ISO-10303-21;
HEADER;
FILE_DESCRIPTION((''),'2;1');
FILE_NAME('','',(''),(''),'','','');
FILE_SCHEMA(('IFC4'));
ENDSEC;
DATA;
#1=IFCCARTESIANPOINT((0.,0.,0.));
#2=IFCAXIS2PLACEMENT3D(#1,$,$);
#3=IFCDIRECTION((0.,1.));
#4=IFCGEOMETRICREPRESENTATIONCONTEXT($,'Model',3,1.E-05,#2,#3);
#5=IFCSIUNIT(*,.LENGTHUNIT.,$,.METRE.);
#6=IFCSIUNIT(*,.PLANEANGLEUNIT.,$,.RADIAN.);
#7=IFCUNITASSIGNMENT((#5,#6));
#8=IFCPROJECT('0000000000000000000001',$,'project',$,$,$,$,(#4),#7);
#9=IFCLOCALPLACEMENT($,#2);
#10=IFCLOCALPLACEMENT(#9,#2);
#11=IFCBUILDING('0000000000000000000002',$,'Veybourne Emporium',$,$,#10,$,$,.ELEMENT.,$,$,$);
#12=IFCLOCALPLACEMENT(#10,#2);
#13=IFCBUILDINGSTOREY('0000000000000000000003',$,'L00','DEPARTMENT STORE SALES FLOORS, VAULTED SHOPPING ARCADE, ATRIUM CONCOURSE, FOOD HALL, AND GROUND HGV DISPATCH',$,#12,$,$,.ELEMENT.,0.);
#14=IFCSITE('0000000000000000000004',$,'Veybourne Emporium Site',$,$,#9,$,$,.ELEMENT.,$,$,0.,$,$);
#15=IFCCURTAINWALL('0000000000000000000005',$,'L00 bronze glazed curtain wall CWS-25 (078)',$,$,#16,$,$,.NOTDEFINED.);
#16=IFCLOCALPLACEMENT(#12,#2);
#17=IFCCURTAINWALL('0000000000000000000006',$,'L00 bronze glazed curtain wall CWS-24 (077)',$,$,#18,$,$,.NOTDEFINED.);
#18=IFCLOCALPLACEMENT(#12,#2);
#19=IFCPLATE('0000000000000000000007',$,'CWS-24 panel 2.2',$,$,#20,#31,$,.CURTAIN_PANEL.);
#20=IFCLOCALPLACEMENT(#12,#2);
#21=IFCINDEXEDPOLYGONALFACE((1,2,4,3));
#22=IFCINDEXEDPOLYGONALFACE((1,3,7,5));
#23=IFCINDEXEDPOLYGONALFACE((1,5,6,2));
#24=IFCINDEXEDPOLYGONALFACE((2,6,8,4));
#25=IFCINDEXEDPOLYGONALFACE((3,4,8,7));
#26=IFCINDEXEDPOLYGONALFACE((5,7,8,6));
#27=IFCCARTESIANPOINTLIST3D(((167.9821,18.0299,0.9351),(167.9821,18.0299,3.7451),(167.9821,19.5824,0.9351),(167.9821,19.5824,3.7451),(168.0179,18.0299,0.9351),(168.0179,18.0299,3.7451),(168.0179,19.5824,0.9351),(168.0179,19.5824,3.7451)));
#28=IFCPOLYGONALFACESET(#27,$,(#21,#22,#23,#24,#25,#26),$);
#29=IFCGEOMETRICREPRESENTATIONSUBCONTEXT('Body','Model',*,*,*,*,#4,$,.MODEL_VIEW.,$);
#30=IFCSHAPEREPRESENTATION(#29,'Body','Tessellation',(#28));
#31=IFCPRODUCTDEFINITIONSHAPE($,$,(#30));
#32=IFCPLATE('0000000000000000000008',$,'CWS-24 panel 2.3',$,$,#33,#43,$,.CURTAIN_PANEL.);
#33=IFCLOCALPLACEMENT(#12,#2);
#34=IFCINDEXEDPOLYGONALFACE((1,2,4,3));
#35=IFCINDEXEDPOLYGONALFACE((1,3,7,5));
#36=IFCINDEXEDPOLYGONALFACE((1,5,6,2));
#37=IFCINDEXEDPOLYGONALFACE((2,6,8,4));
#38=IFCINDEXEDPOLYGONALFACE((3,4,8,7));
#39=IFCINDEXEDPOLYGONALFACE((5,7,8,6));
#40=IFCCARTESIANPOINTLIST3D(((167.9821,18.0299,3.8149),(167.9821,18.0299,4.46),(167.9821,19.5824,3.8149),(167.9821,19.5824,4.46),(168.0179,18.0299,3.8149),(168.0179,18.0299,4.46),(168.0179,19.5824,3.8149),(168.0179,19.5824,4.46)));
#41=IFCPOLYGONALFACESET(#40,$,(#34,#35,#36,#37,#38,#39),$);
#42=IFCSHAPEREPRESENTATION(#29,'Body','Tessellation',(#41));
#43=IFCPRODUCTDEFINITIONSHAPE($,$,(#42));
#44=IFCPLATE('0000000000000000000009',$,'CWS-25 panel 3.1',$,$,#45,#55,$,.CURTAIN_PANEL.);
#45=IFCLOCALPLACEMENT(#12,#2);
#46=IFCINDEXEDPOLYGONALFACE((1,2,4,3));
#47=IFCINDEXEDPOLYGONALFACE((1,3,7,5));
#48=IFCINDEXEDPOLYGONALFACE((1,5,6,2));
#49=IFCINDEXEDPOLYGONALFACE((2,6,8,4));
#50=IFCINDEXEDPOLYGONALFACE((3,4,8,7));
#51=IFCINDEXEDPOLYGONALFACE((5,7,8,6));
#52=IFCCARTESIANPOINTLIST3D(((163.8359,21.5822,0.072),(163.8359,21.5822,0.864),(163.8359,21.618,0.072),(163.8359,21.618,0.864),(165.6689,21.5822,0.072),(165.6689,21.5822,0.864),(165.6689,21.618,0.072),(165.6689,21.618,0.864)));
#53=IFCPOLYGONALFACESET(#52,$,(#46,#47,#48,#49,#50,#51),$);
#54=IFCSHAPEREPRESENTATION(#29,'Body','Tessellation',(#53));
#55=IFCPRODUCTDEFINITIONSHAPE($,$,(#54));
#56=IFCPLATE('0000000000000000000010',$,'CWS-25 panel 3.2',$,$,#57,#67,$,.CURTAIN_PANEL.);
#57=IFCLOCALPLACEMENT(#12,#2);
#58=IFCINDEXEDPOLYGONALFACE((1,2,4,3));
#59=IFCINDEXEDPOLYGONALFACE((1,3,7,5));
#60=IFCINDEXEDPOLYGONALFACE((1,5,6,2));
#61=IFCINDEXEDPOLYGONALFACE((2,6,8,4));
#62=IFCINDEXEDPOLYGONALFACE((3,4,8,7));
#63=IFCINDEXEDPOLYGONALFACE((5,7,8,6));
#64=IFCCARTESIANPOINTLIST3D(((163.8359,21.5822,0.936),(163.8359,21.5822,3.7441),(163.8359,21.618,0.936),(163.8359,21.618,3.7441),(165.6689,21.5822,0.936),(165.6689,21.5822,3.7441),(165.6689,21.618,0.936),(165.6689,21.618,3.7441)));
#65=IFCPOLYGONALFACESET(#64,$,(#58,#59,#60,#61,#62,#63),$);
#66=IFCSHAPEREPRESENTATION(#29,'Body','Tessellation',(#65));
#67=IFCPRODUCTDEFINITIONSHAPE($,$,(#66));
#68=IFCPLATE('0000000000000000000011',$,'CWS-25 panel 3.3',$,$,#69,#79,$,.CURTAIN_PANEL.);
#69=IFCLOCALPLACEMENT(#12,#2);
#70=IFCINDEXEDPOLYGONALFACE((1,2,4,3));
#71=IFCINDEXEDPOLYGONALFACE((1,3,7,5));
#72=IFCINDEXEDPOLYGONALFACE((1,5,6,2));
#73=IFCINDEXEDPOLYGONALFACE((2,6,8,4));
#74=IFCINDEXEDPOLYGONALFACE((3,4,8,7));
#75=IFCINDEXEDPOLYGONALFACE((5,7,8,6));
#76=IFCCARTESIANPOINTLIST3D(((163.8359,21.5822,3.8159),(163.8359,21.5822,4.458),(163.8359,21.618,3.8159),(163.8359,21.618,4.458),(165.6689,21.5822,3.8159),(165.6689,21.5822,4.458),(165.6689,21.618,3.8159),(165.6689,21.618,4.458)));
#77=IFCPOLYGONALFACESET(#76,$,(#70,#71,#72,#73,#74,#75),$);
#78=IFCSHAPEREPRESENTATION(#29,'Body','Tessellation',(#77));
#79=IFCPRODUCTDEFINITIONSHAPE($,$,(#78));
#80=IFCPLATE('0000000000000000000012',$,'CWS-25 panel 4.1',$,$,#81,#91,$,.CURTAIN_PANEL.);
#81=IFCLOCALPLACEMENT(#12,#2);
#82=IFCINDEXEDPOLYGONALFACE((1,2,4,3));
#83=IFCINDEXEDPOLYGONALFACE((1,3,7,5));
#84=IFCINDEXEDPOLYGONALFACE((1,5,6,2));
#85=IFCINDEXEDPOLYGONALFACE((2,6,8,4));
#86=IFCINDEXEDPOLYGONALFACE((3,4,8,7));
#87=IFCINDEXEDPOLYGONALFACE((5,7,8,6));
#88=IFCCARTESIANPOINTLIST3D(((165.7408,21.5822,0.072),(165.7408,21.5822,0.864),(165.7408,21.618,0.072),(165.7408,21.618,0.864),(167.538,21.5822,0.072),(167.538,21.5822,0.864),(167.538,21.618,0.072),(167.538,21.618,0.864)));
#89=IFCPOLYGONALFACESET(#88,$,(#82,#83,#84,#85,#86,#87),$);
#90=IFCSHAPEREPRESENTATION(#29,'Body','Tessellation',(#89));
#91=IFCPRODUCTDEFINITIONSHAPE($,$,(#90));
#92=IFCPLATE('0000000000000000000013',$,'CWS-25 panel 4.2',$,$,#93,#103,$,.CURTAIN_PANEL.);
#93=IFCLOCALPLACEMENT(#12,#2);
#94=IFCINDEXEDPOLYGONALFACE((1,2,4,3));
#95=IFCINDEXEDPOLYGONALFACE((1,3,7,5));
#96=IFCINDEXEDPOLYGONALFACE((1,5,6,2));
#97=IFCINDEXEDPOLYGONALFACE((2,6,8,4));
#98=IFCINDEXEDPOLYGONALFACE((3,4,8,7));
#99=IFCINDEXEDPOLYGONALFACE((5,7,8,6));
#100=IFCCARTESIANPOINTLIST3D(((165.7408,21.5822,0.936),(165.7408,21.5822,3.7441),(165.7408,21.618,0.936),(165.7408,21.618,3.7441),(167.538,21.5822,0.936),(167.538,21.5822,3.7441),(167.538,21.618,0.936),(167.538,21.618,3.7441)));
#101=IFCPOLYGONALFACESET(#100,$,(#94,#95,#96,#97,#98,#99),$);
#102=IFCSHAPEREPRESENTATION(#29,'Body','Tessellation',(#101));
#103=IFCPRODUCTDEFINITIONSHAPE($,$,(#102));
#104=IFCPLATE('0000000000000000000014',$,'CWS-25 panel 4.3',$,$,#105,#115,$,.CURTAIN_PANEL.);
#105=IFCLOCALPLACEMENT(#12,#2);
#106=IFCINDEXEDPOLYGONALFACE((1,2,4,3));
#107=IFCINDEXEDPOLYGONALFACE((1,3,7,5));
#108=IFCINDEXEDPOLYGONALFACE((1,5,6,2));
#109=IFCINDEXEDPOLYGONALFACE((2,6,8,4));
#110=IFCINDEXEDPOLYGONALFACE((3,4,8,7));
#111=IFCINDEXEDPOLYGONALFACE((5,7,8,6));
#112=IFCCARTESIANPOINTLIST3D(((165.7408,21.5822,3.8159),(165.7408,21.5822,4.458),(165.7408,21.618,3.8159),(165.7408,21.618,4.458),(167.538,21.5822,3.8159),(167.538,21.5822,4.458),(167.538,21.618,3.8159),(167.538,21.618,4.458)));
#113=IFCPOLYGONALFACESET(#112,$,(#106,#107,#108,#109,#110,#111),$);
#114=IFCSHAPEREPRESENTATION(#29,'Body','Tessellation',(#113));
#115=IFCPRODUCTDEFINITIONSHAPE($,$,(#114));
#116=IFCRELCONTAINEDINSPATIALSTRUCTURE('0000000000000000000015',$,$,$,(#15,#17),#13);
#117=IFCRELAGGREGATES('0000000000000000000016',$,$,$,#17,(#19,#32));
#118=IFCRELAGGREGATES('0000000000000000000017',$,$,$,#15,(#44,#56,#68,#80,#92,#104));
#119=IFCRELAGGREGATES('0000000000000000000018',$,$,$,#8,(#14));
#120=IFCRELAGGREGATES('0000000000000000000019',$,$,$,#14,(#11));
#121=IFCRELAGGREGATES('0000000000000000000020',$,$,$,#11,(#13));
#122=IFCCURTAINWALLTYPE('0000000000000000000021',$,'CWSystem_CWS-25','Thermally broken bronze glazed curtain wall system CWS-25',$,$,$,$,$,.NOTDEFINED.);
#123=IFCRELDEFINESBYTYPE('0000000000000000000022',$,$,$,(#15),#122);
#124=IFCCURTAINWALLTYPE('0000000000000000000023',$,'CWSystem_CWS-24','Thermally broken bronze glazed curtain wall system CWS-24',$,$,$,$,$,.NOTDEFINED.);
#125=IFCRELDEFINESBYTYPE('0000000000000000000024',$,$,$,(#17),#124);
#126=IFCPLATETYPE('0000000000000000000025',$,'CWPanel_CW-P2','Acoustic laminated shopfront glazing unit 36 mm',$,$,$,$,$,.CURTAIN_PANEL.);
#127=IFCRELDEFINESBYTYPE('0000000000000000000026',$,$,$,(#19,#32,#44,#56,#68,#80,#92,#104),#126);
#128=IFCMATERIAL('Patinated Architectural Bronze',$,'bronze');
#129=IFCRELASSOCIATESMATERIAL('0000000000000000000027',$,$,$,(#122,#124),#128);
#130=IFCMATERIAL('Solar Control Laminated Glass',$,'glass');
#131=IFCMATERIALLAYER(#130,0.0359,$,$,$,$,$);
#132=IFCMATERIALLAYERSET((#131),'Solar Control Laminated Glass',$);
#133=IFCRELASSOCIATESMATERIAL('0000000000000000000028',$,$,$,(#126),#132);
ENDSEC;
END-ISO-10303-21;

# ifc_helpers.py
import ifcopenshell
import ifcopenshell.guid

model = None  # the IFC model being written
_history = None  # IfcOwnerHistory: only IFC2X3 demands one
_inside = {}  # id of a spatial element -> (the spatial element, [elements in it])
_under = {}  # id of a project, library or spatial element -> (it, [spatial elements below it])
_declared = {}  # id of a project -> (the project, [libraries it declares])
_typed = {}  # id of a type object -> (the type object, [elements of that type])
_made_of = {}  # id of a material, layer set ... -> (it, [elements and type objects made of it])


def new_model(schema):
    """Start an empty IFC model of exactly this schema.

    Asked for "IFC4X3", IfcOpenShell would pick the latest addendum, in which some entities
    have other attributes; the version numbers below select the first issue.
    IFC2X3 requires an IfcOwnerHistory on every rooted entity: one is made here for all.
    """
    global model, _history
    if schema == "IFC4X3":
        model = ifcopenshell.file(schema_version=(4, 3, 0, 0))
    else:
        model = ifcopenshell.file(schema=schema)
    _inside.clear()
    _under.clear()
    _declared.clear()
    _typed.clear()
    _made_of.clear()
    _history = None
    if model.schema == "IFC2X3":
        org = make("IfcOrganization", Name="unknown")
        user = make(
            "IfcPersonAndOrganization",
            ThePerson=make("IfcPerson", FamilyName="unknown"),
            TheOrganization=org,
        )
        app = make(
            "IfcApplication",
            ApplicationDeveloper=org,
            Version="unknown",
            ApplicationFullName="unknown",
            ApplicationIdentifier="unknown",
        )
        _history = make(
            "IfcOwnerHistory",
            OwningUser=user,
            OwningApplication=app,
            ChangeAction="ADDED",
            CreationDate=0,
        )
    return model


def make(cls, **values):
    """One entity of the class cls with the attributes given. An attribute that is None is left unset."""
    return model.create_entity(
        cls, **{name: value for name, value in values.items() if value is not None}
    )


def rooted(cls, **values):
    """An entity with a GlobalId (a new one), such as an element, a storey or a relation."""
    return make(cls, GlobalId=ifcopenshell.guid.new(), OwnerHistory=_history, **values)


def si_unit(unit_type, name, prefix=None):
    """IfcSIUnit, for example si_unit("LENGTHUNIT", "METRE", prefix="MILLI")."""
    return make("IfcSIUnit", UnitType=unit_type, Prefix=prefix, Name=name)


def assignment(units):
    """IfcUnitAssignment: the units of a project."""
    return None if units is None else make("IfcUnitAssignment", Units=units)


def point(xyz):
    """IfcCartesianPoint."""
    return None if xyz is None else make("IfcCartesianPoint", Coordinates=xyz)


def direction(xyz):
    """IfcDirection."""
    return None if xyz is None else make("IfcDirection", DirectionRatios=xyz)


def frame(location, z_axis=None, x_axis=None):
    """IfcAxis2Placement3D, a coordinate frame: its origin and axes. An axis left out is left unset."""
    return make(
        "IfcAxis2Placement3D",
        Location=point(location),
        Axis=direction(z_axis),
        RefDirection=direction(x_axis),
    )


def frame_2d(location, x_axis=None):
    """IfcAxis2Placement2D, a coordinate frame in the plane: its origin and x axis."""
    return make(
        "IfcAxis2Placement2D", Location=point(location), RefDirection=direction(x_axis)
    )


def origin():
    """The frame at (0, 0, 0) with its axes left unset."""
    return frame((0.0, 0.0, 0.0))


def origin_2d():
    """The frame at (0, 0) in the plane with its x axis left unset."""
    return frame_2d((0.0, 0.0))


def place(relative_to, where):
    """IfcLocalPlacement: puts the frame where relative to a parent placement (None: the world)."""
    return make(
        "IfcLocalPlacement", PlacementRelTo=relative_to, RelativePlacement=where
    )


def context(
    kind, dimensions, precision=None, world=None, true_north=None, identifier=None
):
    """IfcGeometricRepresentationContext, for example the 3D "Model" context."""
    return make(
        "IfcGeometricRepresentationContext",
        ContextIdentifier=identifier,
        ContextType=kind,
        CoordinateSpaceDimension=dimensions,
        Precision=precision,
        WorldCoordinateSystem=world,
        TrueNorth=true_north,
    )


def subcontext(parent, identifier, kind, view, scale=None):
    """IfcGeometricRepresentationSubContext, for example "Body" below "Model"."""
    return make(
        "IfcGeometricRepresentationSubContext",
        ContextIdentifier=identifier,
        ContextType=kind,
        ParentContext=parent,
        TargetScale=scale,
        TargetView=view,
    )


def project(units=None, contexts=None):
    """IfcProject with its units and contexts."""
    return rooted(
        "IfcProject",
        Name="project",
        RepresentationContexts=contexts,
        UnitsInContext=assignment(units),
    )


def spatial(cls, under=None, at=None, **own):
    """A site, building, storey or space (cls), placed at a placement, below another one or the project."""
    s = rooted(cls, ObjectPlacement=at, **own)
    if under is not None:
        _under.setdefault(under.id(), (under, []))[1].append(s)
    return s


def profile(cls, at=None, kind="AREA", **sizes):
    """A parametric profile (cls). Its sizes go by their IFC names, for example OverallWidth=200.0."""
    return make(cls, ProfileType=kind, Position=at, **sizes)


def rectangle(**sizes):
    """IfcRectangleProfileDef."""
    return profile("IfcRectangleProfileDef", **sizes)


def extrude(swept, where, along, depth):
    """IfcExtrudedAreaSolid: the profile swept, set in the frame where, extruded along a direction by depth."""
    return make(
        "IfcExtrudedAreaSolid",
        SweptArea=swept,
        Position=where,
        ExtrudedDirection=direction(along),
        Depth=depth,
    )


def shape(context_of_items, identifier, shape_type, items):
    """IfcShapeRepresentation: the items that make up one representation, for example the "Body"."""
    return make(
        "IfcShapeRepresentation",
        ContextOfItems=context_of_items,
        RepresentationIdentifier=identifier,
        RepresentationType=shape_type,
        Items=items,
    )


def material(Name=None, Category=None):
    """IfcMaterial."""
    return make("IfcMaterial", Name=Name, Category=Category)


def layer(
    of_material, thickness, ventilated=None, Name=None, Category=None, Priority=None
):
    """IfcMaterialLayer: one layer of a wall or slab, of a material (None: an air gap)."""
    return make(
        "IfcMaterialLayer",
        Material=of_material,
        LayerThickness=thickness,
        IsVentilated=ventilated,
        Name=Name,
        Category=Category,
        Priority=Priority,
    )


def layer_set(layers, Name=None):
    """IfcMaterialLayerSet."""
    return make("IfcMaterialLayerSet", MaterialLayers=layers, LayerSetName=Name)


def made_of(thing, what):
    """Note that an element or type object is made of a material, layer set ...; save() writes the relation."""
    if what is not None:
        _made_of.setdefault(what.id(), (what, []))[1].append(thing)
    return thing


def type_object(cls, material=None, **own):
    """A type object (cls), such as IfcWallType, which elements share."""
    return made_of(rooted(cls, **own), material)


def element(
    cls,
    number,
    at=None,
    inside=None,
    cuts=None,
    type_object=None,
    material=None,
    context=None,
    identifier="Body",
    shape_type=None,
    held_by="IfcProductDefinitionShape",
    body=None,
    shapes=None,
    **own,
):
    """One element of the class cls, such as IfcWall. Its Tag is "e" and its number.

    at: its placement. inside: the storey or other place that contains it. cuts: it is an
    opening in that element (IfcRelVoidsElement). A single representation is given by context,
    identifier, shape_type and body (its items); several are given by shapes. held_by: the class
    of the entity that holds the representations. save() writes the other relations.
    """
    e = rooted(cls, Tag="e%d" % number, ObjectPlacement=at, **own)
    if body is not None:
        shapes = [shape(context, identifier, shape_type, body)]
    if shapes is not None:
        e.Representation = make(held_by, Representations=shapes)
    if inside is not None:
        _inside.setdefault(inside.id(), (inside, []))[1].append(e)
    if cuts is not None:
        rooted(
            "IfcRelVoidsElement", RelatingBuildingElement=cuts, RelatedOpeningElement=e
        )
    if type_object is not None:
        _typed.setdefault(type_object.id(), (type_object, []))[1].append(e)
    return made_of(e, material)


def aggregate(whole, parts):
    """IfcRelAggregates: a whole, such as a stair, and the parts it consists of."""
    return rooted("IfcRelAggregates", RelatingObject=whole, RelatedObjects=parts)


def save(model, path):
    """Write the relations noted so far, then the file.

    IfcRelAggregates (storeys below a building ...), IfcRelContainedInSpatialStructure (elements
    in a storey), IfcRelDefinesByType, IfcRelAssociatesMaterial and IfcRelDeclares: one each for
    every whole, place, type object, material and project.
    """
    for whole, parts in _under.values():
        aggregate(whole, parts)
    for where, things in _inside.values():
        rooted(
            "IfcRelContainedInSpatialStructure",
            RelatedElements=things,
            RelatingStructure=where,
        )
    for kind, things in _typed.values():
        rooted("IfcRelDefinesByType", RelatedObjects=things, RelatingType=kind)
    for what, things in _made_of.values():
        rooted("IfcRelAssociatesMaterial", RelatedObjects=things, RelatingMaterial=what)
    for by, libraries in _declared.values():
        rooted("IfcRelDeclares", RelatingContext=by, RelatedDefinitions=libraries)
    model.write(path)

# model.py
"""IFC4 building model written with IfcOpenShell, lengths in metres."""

from ifc_helpers import new_model, si_unit, direction, frame, origin, origin_2d, place, context, subcontext, project, spatial, rectangle, extrude, material, layer, layer_set, type_object, element, aggregate, save


model = new_model("IFC4")

# Units and contexts
model_context = context("Model", 3, precision=1e-05, world=origin(), true_north=direction((0.0, 1.0)))
body_context = subcontext(model_context, "Body", "Model", "MODEL_VIEW")
ifc_project = project(units=[si_unit("LENGTHUNIT", "METRE"), si_unit("PLANEANGLEUNIT", "RADIAN")], contexts=[model_context])

# Site, building, storey
site_placement = place(None, origin())
site = spatial("IfcSite", under=ifc_project, at=site_placement, Name="Veybourne Emporium Site", CompositionType="ELEMENT", RefElevation=0.0)
building_placement = place(site_placement, origin())
building = spatial("IfcBuilding", under=site, at=building_placement, Name="Veybourne Emporium", CompositionType="ELEMENT")
storey_placement = place(building_placement, origin())
storey = spatial("IfcBuildingStorey", under=building, at=storey_placement, Name="L00", Description="DEPARTMENT STORE SALES FLOORS, VAULTED SHOPPING ARCADE, ATRIUM CONCOURSE, FOOD HALL, AND GROUND HGV DISPATCH", CompositionType="ELEMENT", Elevation=0.0)

# Curtain walls
ifc_material_1 = material(Name="Patinated Architectural Bronze", Category="bronze")
curtain_wall_type_1 = type_object("IfcCurtainWallType", Name="CWSystem_CWS-25", Description="Thermally broken bronze glazed curtain wall system CWS-25", PredefinedType="NOTDEFINED", material=ifc_material_1)
curtain_wall_1_placement = place(storey_placement, origin())
curtain_wall_1 = element("IfcCurtainWall", 1, at=curtain_wall_1_placement, inside=storey, type_object=curtain_wall_type_1, Name="L00 bronze glazed curtain wall CWS-25 (078)", PredefinedType="NOTDEFINED")
curtain_wall_type_2 = type_object("IfcCurtainWallType", Name="CWSystem_CWS-24", Description="Thermally broken bronze glazed curtain wall system CWS-24", PredefinedType="NOTDEFINED", material=ifc_material_1)
curtain_wall_2_placement = place(storey_placement, origin())
curtain_wall_2 = element("IfcCurtainWall", 2, at=curtain_wall_2_placement, inside=storey, type_object=curtain_wall_type_2, Name="L00 bronze glazed curtain wall CWS-24 (077)", PredefinedType="NOTDEFINED")

# Plates
ifc_material_2 = material(Name="Solar Control Laminated Glass", Category="glass")
ifc_layer = layer(ifc_material_2, 0.0359)
ifc_layer_set = layer_set([ifc_layer], Name="Solar Control Laminated Glass")
plate_type = type_object("IfcPlateType", Name="CWPanel_CW-P2", Description="Acoustic laminated shopfront glazing unit 36 mm", PredefinedType="CURTAIN_PANEL", material=ifc_layer_set)
plate_1_placement = place(storey_placement, frame((168.0, 18.8062, 0.9351), z_axis=(0.0, 0.0, 1.0), x_axis=(0.0, -1.0, 0.0)))
plate_1 = element("IfcPlate", 3, at=plate_1_placement, type_object=plate_type, Name="CWS-24 panel 2.2", PredefinedType="CURTAIN_PANEL", context=body_context, shape_type="SweptSolid", body=[
    extrude(rectangle(XDim=1.5525, YDim=0.0359, at=origin_2d()), origin(), (0.0, 0.0, 1.0), 2.8101),
])
plate_2_placement = place(storey_placement, frame((168.0, 18.8062, 3.8149), z_axis=(0.0, 0.0, 1.0), x_axis=(0.0, -1.0, 0.0)))
plate_2 = element("IfcPlate", 4, at=plate_2_placement, type_object=plate_type, Name="CWS-24 panel 2.3", PredefinedType="CURTAIN_PANEL", context=body_context, shape_type="SweptSolid", body=[
    extrude(rectangle(XDim=1.5525, YDim=0.0359, at=origin_2d()), origin(), (0.0, 0.0, 1.0), 0.645),
])
aggregate(curtain_wall_2, [plate_1, plate_2])
plate_3_placement = place(storey_placement, frame((164.7524, 21.6001, 0.072), z_axis=(0.0, 0.0, 1.0), x_axis=(1.0, 0.0, 0.0)))
plate_3 = element("IfcPlate", 5, at=plate_3_placement, type_object=plate_type, Name="CWS-25 panel 3.1", PredefinedType="CURTAIN_PANEL", context=body_context, shape_type="SweptSolid", body=[
    extrude(rectangle(XDim=1.833, YDim=0.0359, at=origin_2d()), origin(), (0.0, 0.0, 1.0), 0.792),
])
plate_4_placement = place(storey_placement, frame((164.7524, 21.6001, 0.936), z_axis=(0.0, 0.0, 1.0), x_axis=(1.0, 0.0, 0.0)))
plate_4 = element("IfcPlate", 6, at=plate_4_placement, type_object=plate_type, Name="CWS-25 panel 3.2", PredefinedType="CURTAIN_PANEL", context=body_context, shape_type="SweptSolid", body=[
    extrude(rectangle(XDim=1.833, YDim=0.0359, at=origin_2d()), origin(), (0.0, 0.0, 1.0), 2.8081),
])
plate_5_placement = place(storey_placement, frame((164.7524, 21.6001, 3.8159), z_axis=(0.0, 0.0, 1.0), x_axis=(1.0, 0.0, 0.0)))
plate_5 = element("IfcPlate", 7, at=plate_5_placement, type_object=plate_type, Name="CWS-25 panel 3.3", PredefinedType="CURTAIN_PANEL", context=body_context, shape_type="SweptSolid", body=[
    extrude(rectangle(XDim=1.833, YDim=0.0359, at=origin_2d()), origin(), (0.0, 0.0, 1.0), 0.6421),
])
plate_6_placement = place(storey_placement, frame((166.6394, 21.6001, 0.072), z_axis=(0.0, 0.0, 1.0), x_axis=(1.0, 0.0, 0.0)))
plate_6 = element("IfcPlate", 8, at=plate_6_placement, type_object=plate_type, Name="CWS-25 panel 4.1", PredefinedType="CURTAIN_PANEL", context=body_context, shape_type="SweptSolid", body=[
    extrude(rectangle(XDim=1.7971, YDim=0.0359, at=origin_2d()), origin(), (0.0, 0.0, 1.0), 0.792),
])
plate_7_placement = place(storey_placement, frame((166.6394, 21.6001, 0.936), z_axis=(0.0, 0.0, 1.0), x_axis=(1.0, 0.0, 0.0)))
plate_7 = element("IfcPlate", 9, at=plate_7_placement, type_object=plate_type, Name="CWS-25 panel 4.2", PredefinedType="CURTAIN_PANEL", context=body_context, shape_type="SweptSolid", body=[
    extrude(rectangle(XDim=1.7971, YDim=0.0359, at=origin_2d()), origin(), (0.0, 0.0, 1.0), 2.8081),
])
plate_8_placement = place(storey_placement, frame((166.6394, 21.6001, 3.8159), z_axis=(0.0, 0.0, 1.0), x_axis=(1.0, 0.0, 0.0)))
plate_8 = element("IfcPlate", 10, at=plate_8_placement, type_object=plate_type, Name="CWS-25 panel 4.3", PredefinedType="CURTAIN_PANEL", context=body_context, shape_type="SweptSolid", body=[
    extrude(rectangle(XDim=1.7971, YDim=0.0359, at=origin_2d()), origin(), (0.0, 0.0, 1.0), 0.6421),
])
aggregate(curtain_wall_1, [plate_3, plate_4, plate_5, plate_6, plate_7, plate_8])

save(model, "model.ifc")
